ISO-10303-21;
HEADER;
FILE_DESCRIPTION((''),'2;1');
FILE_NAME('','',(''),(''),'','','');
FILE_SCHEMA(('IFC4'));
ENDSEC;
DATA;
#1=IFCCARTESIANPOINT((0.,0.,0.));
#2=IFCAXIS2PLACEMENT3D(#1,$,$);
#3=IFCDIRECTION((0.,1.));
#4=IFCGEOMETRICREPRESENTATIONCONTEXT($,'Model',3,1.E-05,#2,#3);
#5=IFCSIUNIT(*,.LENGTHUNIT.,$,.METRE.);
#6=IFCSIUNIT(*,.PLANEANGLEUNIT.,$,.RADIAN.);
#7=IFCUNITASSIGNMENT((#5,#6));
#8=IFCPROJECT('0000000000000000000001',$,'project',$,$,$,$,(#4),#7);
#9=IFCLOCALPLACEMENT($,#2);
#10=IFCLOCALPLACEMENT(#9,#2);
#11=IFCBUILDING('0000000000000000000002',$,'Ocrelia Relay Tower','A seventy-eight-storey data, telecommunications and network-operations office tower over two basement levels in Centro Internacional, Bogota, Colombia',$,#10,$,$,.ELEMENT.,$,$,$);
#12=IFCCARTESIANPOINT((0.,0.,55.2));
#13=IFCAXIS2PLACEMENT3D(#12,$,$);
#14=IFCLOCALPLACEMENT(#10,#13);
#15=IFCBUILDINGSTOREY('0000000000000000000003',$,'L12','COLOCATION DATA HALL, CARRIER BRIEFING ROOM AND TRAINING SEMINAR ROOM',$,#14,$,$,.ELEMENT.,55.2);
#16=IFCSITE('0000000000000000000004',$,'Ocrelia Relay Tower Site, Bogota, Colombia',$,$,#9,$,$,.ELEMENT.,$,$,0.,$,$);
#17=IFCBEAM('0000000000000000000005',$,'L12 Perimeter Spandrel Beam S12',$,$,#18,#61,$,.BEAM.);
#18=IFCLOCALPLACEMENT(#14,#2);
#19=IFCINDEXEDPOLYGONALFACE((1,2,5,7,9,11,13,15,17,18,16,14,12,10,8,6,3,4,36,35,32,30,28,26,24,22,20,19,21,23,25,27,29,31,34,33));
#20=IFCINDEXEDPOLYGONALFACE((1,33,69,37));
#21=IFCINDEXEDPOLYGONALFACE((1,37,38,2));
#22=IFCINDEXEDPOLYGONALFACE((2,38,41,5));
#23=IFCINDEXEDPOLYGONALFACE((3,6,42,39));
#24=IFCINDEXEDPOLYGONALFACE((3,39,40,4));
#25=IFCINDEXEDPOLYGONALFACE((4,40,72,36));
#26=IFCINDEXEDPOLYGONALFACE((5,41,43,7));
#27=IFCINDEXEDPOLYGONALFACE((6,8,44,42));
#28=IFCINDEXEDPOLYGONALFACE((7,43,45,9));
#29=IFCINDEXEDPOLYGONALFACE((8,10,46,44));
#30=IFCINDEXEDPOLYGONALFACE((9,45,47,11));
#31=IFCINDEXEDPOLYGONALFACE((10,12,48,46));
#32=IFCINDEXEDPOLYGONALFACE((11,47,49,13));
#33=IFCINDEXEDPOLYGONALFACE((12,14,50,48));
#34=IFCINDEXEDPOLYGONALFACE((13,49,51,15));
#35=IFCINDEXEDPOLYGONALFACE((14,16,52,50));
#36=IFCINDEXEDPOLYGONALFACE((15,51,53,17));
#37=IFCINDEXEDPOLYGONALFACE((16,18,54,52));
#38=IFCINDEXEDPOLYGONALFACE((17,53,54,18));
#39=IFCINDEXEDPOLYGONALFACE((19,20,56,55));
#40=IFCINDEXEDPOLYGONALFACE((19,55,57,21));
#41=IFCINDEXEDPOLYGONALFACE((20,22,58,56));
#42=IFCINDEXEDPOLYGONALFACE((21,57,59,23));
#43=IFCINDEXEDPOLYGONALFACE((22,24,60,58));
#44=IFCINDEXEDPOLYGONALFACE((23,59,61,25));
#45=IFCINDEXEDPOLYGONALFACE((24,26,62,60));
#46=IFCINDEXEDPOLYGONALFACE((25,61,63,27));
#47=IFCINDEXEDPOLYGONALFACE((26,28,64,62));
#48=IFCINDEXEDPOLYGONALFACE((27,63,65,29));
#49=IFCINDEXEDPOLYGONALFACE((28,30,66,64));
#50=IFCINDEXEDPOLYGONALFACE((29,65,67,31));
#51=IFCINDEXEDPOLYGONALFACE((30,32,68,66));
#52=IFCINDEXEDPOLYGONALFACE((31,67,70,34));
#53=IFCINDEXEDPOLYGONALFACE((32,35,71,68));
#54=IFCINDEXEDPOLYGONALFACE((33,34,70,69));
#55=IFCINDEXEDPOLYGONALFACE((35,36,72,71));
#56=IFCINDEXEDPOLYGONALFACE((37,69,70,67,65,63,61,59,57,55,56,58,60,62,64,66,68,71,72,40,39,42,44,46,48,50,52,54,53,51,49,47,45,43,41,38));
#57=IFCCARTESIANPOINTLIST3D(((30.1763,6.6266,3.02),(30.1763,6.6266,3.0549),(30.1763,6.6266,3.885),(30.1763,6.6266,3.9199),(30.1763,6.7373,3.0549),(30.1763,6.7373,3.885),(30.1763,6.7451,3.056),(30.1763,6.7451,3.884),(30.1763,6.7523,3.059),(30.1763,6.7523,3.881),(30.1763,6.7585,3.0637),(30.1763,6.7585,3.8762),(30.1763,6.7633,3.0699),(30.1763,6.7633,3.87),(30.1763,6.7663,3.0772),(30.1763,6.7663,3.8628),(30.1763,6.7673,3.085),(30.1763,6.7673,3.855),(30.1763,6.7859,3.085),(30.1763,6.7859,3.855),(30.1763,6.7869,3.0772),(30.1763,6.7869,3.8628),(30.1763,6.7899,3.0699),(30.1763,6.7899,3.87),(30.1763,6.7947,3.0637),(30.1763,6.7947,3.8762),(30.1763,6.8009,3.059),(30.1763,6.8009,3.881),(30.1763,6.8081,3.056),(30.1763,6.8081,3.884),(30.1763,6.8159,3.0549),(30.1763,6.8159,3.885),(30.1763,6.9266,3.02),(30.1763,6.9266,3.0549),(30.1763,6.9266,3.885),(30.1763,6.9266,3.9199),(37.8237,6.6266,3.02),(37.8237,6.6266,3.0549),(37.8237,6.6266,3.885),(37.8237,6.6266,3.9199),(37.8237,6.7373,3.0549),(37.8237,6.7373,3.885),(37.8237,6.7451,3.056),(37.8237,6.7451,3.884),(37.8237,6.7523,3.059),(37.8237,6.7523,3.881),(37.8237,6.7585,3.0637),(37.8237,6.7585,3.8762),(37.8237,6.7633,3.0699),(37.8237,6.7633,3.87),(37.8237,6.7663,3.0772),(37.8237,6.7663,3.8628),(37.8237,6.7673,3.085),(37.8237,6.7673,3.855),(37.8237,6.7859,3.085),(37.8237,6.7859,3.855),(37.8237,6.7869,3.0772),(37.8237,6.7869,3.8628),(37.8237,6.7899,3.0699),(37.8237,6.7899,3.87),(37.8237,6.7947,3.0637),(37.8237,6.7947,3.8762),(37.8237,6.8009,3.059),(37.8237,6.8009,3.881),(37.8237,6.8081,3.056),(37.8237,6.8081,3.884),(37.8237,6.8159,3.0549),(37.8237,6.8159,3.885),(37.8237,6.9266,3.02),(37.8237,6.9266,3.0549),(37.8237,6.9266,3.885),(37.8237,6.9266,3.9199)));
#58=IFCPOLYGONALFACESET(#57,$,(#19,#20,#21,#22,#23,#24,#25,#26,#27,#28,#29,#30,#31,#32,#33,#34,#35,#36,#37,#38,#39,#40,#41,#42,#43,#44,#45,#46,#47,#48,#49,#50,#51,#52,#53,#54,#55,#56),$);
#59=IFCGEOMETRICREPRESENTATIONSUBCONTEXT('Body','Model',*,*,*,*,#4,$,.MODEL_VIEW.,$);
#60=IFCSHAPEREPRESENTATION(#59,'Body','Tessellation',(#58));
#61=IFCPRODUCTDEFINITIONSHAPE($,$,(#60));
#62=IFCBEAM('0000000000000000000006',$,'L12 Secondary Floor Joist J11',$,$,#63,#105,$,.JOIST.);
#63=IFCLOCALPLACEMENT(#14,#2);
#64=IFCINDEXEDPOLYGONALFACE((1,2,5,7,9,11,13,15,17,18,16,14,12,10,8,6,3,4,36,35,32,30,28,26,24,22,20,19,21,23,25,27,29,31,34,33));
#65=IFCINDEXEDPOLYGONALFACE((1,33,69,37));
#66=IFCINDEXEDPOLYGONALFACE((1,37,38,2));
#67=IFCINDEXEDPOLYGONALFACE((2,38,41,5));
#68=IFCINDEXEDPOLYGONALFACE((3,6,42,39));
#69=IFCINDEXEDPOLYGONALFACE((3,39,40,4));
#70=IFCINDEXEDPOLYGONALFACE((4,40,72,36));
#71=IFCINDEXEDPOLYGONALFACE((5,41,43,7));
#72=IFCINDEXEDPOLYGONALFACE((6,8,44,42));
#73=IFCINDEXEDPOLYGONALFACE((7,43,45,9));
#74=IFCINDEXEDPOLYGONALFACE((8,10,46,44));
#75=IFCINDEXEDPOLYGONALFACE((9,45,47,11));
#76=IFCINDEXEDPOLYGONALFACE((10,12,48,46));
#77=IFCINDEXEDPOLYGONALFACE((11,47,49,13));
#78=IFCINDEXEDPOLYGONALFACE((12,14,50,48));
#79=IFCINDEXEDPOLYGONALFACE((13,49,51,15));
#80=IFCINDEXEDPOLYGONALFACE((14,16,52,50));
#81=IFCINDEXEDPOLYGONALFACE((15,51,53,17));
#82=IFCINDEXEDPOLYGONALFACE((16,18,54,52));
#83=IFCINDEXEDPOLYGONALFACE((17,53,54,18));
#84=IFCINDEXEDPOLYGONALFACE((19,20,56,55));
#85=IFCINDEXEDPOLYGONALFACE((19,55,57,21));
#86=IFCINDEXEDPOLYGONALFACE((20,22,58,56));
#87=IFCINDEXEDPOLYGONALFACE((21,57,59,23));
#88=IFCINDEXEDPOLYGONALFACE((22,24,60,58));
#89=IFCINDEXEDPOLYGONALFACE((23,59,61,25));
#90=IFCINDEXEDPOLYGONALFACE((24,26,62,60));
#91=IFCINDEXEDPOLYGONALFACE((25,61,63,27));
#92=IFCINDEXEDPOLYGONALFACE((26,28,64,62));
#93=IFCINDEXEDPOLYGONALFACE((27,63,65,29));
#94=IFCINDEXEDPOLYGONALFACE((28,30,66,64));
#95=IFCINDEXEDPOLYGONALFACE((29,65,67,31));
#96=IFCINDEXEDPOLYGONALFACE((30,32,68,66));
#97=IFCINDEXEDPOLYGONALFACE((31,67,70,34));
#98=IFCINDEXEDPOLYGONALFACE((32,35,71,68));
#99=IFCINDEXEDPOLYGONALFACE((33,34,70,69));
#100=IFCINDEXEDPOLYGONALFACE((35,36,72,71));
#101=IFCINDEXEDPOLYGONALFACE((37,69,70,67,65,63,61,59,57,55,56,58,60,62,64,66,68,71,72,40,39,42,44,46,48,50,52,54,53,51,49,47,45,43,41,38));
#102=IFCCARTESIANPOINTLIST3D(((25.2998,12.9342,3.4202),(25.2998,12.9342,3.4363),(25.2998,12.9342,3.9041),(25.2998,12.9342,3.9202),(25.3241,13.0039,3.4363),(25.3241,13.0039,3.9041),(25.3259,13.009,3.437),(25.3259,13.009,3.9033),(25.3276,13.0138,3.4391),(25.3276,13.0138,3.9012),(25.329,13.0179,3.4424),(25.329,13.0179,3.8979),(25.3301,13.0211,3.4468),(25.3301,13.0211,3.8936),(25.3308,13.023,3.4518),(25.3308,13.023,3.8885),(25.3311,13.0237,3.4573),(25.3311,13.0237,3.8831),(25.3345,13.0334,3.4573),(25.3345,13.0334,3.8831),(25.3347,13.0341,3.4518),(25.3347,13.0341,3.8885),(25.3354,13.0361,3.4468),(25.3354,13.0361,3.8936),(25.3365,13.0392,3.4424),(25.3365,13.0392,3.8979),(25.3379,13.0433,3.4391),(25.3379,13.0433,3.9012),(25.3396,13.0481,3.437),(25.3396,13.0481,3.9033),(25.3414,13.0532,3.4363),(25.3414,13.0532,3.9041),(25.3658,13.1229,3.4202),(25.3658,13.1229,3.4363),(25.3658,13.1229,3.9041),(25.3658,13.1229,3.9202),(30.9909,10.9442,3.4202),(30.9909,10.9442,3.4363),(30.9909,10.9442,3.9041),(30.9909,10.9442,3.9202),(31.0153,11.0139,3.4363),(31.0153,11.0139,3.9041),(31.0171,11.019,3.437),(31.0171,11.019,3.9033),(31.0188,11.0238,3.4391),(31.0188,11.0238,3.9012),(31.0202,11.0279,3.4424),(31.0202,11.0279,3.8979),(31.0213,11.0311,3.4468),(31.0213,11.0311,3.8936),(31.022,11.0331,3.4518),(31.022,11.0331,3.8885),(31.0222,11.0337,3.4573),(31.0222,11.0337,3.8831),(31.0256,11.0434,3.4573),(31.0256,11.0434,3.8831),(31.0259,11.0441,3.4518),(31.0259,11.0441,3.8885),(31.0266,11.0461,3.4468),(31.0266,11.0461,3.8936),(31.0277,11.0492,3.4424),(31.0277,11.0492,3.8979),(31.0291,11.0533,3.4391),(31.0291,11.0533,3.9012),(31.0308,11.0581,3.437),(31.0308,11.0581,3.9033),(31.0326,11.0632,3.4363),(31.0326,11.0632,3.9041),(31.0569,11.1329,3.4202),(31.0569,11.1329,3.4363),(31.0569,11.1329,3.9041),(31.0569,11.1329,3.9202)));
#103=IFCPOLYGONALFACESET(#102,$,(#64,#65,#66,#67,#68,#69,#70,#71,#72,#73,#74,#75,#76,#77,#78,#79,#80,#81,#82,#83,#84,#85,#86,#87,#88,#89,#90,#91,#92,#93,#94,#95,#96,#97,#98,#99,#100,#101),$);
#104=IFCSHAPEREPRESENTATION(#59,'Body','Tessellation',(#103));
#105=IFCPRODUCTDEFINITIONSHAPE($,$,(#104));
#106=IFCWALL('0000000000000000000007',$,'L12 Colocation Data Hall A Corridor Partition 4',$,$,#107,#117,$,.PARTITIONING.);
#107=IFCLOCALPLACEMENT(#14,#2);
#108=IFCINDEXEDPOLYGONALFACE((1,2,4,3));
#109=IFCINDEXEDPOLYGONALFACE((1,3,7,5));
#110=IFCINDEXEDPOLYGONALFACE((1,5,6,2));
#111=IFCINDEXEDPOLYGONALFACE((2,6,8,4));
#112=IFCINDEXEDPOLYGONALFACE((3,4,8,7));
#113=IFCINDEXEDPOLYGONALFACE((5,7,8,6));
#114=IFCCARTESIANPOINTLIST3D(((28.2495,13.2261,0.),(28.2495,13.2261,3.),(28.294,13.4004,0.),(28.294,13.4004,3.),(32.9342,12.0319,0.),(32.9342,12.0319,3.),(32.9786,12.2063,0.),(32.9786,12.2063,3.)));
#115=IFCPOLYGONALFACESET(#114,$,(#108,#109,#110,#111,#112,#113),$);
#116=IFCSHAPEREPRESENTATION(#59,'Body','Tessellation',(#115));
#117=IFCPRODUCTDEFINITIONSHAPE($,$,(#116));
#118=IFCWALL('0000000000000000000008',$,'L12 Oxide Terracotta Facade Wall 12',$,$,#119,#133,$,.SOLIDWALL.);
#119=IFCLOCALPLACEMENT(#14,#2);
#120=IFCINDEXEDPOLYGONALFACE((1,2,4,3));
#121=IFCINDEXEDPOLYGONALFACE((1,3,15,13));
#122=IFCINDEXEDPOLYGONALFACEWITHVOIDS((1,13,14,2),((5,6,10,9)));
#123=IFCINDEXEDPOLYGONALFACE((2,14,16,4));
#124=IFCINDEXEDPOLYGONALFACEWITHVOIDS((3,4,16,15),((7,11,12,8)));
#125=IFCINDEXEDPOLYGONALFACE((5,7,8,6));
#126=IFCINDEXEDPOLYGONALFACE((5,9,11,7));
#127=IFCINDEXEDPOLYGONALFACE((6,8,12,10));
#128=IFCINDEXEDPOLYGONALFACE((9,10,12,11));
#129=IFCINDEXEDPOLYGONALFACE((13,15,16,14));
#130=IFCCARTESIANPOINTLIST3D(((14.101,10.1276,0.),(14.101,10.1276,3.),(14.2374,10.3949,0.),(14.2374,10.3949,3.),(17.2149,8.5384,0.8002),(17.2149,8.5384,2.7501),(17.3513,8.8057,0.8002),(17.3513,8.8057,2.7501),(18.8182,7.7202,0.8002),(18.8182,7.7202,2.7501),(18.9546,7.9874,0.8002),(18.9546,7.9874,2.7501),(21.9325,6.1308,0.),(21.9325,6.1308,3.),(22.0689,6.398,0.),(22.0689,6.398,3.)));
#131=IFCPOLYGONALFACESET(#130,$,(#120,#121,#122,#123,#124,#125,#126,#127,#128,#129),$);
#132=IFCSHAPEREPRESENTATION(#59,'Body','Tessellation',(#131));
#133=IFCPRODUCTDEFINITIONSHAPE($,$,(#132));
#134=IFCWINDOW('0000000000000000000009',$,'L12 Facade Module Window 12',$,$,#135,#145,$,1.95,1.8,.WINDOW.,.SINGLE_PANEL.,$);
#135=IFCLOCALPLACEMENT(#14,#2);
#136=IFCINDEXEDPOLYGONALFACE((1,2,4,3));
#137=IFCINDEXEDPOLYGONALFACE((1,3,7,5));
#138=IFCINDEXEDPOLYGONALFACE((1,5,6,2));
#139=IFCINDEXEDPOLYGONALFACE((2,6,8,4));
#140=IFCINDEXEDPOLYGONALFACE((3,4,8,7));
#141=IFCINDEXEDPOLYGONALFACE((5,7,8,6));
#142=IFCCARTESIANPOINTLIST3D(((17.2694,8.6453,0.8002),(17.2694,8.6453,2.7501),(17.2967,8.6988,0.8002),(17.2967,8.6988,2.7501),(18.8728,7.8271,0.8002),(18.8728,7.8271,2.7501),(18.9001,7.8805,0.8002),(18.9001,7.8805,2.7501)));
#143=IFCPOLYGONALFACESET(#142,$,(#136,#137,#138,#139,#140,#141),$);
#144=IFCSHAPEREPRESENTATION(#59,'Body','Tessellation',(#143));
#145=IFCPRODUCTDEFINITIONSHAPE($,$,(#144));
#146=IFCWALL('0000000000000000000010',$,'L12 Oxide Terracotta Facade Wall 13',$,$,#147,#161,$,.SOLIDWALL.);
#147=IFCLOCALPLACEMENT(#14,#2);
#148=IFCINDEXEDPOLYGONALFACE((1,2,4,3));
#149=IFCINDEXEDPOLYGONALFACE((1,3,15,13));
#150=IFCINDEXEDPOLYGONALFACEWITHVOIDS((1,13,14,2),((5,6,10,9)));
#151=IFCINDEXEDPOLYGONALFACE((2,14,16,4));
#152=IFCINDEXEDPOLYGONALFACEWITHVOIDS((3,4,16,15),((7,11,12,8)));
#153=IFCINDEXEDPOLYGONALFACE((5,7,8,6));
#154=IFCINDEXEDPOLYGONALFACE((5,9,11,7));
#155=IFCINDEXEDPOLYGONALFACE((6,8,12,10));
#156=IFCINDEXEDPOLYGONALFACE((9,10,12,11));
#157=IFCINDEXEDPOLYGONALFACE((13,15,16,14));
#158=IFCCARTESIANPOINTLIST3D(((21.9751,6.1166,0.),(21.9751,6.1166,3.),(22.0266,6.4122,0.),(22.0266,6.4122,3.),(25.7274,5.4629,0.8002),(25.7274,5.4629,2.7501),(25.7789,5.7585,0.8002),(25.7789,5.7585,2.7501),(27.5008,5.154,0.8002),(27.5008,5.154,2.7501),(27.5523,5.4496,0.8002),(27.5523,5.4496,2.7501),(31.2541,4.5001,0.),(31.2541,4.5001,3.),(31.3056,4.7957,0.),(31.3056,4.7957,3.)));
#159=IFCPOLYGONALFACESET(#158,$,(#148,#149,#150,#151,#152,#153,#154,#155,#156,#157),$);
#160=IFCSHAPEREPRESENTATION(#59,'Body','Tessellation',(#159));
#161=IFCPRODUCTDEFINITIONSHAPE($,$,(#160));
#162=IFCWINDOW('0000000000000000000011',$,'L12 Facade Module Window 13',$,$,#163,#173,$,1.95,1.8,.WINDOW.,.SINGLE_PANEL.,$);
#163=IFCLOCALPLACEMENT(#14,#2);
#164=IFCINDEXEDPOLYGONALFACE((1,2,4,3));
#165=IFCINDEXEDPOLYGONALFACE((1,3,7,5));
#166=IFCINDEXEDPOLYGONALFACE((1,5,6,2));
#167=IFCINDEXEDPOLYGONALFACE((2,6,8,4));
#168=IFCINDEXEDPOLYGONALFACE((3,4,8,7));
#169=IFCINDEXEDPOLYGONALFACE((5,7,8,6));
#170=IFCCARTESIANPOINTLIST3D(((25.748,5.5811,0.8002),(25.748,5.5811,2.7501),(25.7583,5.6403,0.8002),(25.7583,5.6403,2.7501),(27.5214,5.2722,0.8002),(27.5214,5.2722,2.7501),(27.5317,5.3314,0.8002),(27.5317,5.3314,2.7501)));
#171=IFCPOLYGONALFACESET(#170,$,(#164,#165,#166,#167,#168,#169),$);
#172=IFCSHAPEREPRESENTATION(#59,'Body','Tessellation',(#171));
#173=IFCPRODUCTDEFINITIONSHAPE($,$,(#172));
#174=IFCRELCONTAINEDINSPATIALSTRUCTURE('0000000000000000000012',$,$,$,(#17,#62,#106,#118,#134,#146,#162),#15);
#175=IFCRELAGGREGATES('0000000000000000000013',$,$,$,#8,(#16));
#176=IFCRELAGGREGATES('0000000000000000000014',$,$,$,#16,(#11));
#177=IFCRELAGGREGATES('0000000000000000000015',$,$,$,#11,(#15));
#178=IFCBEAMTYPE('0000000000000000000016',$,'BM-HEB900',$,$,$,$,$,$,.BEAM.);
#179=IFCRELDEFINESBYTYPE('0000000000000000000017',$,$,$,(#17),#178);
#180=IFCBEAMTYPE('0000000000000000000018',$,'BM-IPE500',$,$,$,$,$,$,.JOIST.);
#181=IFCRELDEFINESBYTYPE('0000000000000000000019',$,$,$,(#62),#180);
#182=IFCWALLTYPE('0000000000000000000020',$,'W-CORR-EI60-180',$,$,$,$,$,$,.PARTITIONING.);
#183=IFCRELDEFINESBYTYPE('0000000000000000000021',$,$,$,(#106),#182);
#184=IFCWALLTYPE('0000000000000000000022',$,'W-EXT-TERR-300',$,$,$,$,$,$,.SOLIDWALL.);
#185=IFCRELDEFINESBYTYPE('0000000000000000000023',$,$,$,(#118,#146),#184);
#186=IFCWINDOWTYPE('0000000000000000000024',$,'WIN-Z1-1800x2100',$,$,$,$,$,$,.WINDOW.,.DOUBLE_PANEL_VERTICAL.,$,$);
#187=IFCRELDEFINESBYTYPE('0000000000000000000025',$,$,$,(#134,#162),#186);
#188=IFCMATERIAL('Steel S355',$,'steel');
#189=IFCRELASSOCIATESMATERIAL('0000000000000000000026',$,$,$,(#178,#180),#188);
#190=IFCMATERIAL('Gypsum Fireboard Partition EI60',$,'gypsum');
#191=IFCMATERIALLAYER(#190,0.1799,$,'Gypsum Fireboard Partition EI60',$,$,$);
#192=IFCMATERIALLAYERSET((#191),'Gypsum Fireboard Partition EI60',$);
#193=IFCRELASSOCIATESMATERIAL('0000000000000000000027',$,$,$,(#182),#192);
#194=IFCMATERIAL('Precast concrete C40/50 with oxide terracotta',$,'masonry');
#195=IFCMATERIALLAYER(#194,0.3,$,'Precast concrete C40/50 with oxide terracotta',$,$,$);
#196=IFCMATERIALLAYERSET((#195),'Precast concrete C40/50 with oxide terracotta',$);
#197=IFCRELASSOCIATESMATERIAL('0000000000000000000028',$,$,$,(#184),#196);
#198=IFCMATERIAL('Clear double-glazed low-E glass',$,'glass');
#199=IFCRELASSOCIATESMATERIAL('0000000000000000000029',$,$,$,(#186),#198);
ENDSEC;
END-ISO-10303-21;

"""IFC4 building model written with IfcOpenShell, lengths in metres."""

from ifc_helpers import new_model, si_unit, direction, frame, frame_2d, origin, origin_2d, place, context, subcontext, project, spatial, rectangle, i_section, extrude, material, layer, layer_set, material_profile, profile_set, type_object, element, fill, save


model = new_model("IFC4")

# Units and contexts
model_context = context("Model", 3, precision=1e-05, world=origin(), true_north=direction((0.0, 1.0)))
body_context = subcontext(model_context, "Body", "Model", "MODEL_VIEW")
ifc_project = project(units=[si_unit("LENGTHUNIT", "METRE"), si_unit("PLANEANGLEUNIT", "RADIAN")], contexts=[model_context])

# Site, building, storey
site_placement = place(None, origin())
site = spatial("IfcSite", under=ifc_project, at=site_placement, Name="Ocrelia Relay Tower Site, Bogota, Colombia", CompositionType="ELEMENT", RefElevation=0.0)
building_placement = place(site_placement, origin())
building = spatial("IfcBuilding", under=site, at=building_placement, Name="Ocrelia Relay Tower", Description="A seventy-eight-storey data, telecommunications and network-operations office tower over two basement levels in Centro Internacional, Bogota, Colombia", CompositionType="ELEMENT")
storey_placement = place(building_placement, frame((0.0, 0.0, 55.2)))
storey = spatial("IfcBuildingStorey", under=building, at=storey_placement, Name="L12", Description="COLOCATION DATA HALL, CARRIER BRIEFING ROOM AND TRAINING SEMINAR ROOM", CompositionType="ELEMENT", Elevation=55.2)

# Beams
ifc_material_1 = material(Name="Steel S355", Category="steel")
ifc_material_profile_1 = material_profile(ifc_material_1, i_section(OverallWidth=0.3, OverallDepth=0.8999, WebThickness=0.0186, FlangeThickness=0.0349, FilletRadius=0.03, at=origin_2d()), Name="HEB 900")
ifc_profile_set_1 = profile_set([ifc_material_profile_1], Name="Steel S355")
beam_type_1 = type_object("IfcBeamType", Name="BM-HEB900", PredefinedType="BEAM", material=ifc_profile_set_1)
for number, where, z_axis, x_axis, name in (
    (1, (30.1763, 6.7766, 3.47), (1.0, 0.0, 0.0), (0.0, 1.0, 0.0), "L12 Perimeter Spandrel Beam S12"),
):
    element("IfcBeam", number, at=place(storey_placement, frame(where, z_axis=z_axis, x_axis=x_axis)), inside=storey, type_object=beam_type_1, Name=name, PredefinedType="BEAM", context=body_context, shape_type="SweptSolid", body=[
        extrude(i_section(OverallWidth=0.3, OverallDepth=0.8999, WebThickness=0.0186, FlangeThickness=0.0349, FilletRadius=0.03, at=origin_2d()), origin(), (0.0, 0.0, 1.0), 7.6475),
    ])
ifc_material_profile_2 = material_profile(ifc_material_1, i_section(OverallWidth=0.2, OverallDepth=0.5, WebThickness=0.0103, FlangeThickness=0.0161, FilletRadius=0.021, at=origin_2d()), Name="IPE 500")
ifc_profile_set_2 = profile_set([ifc_material_profile_2], Name="Steel S355")
beam_type_2 = type_object("IfcBeamType", Name="BM-IPE500", PredefinedType="JOIST", material=ifc_profile_set_2)
beam_1_placement = place(storey_placement, frame((25.3328, 13.0286, 3.6702), z_axis=(0.943957, -0.330067, 0.0), x_axis=(0.330067, 0.943957, 0.0)))
element("IfcBeam", 2, at=beam_1_placement, inside=storey, type_object=beam_type_2, Name="L12 Secondary Floor Joist J11", PredefinedType="JOIST", context=body_context, shape_type="SweptSolid", body=[
    extrude(i_section(OverallWidth=0.2, OverallDepth=0.5, WebThickness=0.0103, FlangeThickness=0.0161, FilletRadius=0.021, at=origin_2d()), origin(), (0.0, 0.0, 1.0), 6.0291),
])

# Wall
ifc_material_2 = material(Name="Gypsum Fireboard Partition EI60", Category="gypsum")
ifc_layer_1 = layer(ifc_material_2, 0.1799, Name="Gypsum Fireboard Partition EI60")
ifc_layer_set_1 = layer_set([ifc_layer_1], Name="Gypsum Fireboard Partition EI60")
wall_type_1 = type_object("IfcWallType", Name="W-CORR-EI60-180", PredefinedType="PARTITIONING", material=ifc_layer_set_1)
wall_1_placement = place(storey_placement, frame((28.2717, 13.3132, 0.0), z_axis=(0.0, 0.0, 1.0), x_axis=(0.969015, -0.247001, 0.0)))
element("IfcWall", 3, at=wall_1_placement, inside=storey, type_object=wall_type_1, Name="L12 Colocation Data Hall A Corridor Partition 4", PredefinedType="PARTITIONING", context=body_context, shape_type="SweptSolid", body=[
    extrude(rectangle(XDim=4.8345, YDim=0.1799, at=frame_2d((2.4172, 0.0))), origin(), (0.0, 0.0, 1.0), 3.0),
])

# Walls, openings, windows
ifc_material_3 = material(Name="Precast concrete C40/50 with oxide terracotta", Category="masonry")
ifc_layer_2 = layer(ifc_material_3, 0.3, Name="Precast concrete C40/50 with oxide terracotta")
ifc_layer_set_2 = layer_set([ifc_layer_2], Name="Precast concrete C40/50 with oxide terracotta")
wall_type_2 = type_object("IfcWallType", Name="W-EXT-TERR-300", PredefinedType="SOLIDWALL", material=ifc_layer_set_2)
wall_2_placement = place(storey_placement, frame((14.1692, 10.2612, 0.0), z_axis=(0.0, 0.0, 1.0), x_axis=(0.890709, -0.454573, 0.0)))
wall_2 = element("IfcWall", 4, at=wall_2_placement, inside=storey, type_object=wall_type_2, Name="L12 Oxide Terracotta Facade Wall 12", PredefinedType="SOLIDWALL", context=body_context, shape_type="SweptSolid", body=[
    extrude(rectangle(XDim=8.7925, YDim=0.3, at=frame_2d((4.3962, 0.0))), origin(), (0.0, 0.0, 1.0), 3.0),
])
opening_1_placement = place(wall_2_placement, frame((3.4961, 0.0, 0.8)))
opening_1 = element("IfcOpeningElement", 5, at=opening_1_placement, cuts=wall_2, PredefinedType="OPENING", context=body_context, shape_type="SweptSolid", body=[
    extrude(rectangle(XDim=1.8, YDim=1.95, at=frame_2d((0.8999, 0.9751))), frame((0.0, 0.1602, 0.0), z_axis=(0.0, -1.0, 0.0), x_axis=(1.0, 0.0, 0.0)), (0.0, 0.0, 1.0), 0.3201),
])
ifc_material_4 = material(Name="Clear double-glazed low-E glass", Category="glass")
window_type = type_object("IfcWindowType", Name="WIN-Z1-1800x2100", PartitioningType="DOUBLE_PANEL_VERTICAL", PredefinedType="WINDOW", material=ifc_material_4)
window_1_placement = place(opening_1_placement, origin())
window_1 = element("IfcWindow", 6, at=window_1_placement, inside=storey, type_object=window_type, Name="L12 Facade Module Window 12", OverallHeight=1.95, OverallWidth=1.8, PartitioningType="SINGLE_PANEL", PredefinedType="WINDOW", context=body_context, shape_type="SweptSolid", body=[
    extrude(rectangle(XDim=1.8, YDim=1.95, at=frame_2d((0.8999, 0.9751))), frame((0.0, 0.03, 0.0), z_axis=(0.0, -1.0, 0.0), x_axis=(1.0, 0.0, 0.0)), (0.0, 0.0, 1.0), 0.0601),
])
fill(opening_1, window_1)
wall_3_placement = place(storey_placement, frame((22.0007, 6.2644, 0.0), z_axis=(0.0, 0.0, 1.0), x_axis=(0.985163, -0.17162, 0.0)))
wall_3 = element("IfcWall", 7, at=wall_3_placement, inside=storey, type_object=wall_type_2, Name="L12 Oxide Terracotta Facade Wall 13", PredefinedType="SOLIDWALL", context=body_context, shape_type="SweptSolid", body=[
    extrude(rectangle(XDim=9.4187, YDim=0.3, at=frame_2d((4.7095, 0.0))), origin(), (0.0, 0.0, 1.0), 3.0),
])
opening_2_placement = place(wall_3_placement, frame((3.8091, 0.0, 0.8)))
opening_2 = element("IfcOpeningElement", 8, at=opening_2_placement, cuts=wall_3, PredefinedType="OPENING", context=body_context, shape_type="SweptSolid", body=[
    extrude(rectangle(XDim=1.8, YDim=1.95, at=frame_2d((0.8999, 0.9751))), frame((0.0, 0.1602, 0.0), z_axis=(0.0, -1.0, 0.0), x_axis=(1.0, 0.0, 0.0)), (0.0, 0.0, 1.0), 0.3201),
])
window_2_placement = place(opening_2_placement, origin())
window_2 = element("IfcWindow", 9, at=window_2_placement, inside=storey, type_object=window_type, Name="L12 Facade Module Window 13", OverallHeight=1.95, OverallWidth=1.8, PartitioningType="SINGLE_PANEL", PredefinedType="WINDOW", context=body_context, shape_type="SweptSolid", body=[
    extrude(rectangle(XDim=1.8, YDim=1.95, at=frame_2d((0.8999, 0.9751))), frame((0.0, 0.03, 0.0), z_axis=(0.0, -1.0, 0.0), x_axis=(1.0, 0.0, 0.0)), (0.0, 0.0, 1.0), 0.0601),
])
fill(opening_2, window_2)

save(model, "model.ifc")
